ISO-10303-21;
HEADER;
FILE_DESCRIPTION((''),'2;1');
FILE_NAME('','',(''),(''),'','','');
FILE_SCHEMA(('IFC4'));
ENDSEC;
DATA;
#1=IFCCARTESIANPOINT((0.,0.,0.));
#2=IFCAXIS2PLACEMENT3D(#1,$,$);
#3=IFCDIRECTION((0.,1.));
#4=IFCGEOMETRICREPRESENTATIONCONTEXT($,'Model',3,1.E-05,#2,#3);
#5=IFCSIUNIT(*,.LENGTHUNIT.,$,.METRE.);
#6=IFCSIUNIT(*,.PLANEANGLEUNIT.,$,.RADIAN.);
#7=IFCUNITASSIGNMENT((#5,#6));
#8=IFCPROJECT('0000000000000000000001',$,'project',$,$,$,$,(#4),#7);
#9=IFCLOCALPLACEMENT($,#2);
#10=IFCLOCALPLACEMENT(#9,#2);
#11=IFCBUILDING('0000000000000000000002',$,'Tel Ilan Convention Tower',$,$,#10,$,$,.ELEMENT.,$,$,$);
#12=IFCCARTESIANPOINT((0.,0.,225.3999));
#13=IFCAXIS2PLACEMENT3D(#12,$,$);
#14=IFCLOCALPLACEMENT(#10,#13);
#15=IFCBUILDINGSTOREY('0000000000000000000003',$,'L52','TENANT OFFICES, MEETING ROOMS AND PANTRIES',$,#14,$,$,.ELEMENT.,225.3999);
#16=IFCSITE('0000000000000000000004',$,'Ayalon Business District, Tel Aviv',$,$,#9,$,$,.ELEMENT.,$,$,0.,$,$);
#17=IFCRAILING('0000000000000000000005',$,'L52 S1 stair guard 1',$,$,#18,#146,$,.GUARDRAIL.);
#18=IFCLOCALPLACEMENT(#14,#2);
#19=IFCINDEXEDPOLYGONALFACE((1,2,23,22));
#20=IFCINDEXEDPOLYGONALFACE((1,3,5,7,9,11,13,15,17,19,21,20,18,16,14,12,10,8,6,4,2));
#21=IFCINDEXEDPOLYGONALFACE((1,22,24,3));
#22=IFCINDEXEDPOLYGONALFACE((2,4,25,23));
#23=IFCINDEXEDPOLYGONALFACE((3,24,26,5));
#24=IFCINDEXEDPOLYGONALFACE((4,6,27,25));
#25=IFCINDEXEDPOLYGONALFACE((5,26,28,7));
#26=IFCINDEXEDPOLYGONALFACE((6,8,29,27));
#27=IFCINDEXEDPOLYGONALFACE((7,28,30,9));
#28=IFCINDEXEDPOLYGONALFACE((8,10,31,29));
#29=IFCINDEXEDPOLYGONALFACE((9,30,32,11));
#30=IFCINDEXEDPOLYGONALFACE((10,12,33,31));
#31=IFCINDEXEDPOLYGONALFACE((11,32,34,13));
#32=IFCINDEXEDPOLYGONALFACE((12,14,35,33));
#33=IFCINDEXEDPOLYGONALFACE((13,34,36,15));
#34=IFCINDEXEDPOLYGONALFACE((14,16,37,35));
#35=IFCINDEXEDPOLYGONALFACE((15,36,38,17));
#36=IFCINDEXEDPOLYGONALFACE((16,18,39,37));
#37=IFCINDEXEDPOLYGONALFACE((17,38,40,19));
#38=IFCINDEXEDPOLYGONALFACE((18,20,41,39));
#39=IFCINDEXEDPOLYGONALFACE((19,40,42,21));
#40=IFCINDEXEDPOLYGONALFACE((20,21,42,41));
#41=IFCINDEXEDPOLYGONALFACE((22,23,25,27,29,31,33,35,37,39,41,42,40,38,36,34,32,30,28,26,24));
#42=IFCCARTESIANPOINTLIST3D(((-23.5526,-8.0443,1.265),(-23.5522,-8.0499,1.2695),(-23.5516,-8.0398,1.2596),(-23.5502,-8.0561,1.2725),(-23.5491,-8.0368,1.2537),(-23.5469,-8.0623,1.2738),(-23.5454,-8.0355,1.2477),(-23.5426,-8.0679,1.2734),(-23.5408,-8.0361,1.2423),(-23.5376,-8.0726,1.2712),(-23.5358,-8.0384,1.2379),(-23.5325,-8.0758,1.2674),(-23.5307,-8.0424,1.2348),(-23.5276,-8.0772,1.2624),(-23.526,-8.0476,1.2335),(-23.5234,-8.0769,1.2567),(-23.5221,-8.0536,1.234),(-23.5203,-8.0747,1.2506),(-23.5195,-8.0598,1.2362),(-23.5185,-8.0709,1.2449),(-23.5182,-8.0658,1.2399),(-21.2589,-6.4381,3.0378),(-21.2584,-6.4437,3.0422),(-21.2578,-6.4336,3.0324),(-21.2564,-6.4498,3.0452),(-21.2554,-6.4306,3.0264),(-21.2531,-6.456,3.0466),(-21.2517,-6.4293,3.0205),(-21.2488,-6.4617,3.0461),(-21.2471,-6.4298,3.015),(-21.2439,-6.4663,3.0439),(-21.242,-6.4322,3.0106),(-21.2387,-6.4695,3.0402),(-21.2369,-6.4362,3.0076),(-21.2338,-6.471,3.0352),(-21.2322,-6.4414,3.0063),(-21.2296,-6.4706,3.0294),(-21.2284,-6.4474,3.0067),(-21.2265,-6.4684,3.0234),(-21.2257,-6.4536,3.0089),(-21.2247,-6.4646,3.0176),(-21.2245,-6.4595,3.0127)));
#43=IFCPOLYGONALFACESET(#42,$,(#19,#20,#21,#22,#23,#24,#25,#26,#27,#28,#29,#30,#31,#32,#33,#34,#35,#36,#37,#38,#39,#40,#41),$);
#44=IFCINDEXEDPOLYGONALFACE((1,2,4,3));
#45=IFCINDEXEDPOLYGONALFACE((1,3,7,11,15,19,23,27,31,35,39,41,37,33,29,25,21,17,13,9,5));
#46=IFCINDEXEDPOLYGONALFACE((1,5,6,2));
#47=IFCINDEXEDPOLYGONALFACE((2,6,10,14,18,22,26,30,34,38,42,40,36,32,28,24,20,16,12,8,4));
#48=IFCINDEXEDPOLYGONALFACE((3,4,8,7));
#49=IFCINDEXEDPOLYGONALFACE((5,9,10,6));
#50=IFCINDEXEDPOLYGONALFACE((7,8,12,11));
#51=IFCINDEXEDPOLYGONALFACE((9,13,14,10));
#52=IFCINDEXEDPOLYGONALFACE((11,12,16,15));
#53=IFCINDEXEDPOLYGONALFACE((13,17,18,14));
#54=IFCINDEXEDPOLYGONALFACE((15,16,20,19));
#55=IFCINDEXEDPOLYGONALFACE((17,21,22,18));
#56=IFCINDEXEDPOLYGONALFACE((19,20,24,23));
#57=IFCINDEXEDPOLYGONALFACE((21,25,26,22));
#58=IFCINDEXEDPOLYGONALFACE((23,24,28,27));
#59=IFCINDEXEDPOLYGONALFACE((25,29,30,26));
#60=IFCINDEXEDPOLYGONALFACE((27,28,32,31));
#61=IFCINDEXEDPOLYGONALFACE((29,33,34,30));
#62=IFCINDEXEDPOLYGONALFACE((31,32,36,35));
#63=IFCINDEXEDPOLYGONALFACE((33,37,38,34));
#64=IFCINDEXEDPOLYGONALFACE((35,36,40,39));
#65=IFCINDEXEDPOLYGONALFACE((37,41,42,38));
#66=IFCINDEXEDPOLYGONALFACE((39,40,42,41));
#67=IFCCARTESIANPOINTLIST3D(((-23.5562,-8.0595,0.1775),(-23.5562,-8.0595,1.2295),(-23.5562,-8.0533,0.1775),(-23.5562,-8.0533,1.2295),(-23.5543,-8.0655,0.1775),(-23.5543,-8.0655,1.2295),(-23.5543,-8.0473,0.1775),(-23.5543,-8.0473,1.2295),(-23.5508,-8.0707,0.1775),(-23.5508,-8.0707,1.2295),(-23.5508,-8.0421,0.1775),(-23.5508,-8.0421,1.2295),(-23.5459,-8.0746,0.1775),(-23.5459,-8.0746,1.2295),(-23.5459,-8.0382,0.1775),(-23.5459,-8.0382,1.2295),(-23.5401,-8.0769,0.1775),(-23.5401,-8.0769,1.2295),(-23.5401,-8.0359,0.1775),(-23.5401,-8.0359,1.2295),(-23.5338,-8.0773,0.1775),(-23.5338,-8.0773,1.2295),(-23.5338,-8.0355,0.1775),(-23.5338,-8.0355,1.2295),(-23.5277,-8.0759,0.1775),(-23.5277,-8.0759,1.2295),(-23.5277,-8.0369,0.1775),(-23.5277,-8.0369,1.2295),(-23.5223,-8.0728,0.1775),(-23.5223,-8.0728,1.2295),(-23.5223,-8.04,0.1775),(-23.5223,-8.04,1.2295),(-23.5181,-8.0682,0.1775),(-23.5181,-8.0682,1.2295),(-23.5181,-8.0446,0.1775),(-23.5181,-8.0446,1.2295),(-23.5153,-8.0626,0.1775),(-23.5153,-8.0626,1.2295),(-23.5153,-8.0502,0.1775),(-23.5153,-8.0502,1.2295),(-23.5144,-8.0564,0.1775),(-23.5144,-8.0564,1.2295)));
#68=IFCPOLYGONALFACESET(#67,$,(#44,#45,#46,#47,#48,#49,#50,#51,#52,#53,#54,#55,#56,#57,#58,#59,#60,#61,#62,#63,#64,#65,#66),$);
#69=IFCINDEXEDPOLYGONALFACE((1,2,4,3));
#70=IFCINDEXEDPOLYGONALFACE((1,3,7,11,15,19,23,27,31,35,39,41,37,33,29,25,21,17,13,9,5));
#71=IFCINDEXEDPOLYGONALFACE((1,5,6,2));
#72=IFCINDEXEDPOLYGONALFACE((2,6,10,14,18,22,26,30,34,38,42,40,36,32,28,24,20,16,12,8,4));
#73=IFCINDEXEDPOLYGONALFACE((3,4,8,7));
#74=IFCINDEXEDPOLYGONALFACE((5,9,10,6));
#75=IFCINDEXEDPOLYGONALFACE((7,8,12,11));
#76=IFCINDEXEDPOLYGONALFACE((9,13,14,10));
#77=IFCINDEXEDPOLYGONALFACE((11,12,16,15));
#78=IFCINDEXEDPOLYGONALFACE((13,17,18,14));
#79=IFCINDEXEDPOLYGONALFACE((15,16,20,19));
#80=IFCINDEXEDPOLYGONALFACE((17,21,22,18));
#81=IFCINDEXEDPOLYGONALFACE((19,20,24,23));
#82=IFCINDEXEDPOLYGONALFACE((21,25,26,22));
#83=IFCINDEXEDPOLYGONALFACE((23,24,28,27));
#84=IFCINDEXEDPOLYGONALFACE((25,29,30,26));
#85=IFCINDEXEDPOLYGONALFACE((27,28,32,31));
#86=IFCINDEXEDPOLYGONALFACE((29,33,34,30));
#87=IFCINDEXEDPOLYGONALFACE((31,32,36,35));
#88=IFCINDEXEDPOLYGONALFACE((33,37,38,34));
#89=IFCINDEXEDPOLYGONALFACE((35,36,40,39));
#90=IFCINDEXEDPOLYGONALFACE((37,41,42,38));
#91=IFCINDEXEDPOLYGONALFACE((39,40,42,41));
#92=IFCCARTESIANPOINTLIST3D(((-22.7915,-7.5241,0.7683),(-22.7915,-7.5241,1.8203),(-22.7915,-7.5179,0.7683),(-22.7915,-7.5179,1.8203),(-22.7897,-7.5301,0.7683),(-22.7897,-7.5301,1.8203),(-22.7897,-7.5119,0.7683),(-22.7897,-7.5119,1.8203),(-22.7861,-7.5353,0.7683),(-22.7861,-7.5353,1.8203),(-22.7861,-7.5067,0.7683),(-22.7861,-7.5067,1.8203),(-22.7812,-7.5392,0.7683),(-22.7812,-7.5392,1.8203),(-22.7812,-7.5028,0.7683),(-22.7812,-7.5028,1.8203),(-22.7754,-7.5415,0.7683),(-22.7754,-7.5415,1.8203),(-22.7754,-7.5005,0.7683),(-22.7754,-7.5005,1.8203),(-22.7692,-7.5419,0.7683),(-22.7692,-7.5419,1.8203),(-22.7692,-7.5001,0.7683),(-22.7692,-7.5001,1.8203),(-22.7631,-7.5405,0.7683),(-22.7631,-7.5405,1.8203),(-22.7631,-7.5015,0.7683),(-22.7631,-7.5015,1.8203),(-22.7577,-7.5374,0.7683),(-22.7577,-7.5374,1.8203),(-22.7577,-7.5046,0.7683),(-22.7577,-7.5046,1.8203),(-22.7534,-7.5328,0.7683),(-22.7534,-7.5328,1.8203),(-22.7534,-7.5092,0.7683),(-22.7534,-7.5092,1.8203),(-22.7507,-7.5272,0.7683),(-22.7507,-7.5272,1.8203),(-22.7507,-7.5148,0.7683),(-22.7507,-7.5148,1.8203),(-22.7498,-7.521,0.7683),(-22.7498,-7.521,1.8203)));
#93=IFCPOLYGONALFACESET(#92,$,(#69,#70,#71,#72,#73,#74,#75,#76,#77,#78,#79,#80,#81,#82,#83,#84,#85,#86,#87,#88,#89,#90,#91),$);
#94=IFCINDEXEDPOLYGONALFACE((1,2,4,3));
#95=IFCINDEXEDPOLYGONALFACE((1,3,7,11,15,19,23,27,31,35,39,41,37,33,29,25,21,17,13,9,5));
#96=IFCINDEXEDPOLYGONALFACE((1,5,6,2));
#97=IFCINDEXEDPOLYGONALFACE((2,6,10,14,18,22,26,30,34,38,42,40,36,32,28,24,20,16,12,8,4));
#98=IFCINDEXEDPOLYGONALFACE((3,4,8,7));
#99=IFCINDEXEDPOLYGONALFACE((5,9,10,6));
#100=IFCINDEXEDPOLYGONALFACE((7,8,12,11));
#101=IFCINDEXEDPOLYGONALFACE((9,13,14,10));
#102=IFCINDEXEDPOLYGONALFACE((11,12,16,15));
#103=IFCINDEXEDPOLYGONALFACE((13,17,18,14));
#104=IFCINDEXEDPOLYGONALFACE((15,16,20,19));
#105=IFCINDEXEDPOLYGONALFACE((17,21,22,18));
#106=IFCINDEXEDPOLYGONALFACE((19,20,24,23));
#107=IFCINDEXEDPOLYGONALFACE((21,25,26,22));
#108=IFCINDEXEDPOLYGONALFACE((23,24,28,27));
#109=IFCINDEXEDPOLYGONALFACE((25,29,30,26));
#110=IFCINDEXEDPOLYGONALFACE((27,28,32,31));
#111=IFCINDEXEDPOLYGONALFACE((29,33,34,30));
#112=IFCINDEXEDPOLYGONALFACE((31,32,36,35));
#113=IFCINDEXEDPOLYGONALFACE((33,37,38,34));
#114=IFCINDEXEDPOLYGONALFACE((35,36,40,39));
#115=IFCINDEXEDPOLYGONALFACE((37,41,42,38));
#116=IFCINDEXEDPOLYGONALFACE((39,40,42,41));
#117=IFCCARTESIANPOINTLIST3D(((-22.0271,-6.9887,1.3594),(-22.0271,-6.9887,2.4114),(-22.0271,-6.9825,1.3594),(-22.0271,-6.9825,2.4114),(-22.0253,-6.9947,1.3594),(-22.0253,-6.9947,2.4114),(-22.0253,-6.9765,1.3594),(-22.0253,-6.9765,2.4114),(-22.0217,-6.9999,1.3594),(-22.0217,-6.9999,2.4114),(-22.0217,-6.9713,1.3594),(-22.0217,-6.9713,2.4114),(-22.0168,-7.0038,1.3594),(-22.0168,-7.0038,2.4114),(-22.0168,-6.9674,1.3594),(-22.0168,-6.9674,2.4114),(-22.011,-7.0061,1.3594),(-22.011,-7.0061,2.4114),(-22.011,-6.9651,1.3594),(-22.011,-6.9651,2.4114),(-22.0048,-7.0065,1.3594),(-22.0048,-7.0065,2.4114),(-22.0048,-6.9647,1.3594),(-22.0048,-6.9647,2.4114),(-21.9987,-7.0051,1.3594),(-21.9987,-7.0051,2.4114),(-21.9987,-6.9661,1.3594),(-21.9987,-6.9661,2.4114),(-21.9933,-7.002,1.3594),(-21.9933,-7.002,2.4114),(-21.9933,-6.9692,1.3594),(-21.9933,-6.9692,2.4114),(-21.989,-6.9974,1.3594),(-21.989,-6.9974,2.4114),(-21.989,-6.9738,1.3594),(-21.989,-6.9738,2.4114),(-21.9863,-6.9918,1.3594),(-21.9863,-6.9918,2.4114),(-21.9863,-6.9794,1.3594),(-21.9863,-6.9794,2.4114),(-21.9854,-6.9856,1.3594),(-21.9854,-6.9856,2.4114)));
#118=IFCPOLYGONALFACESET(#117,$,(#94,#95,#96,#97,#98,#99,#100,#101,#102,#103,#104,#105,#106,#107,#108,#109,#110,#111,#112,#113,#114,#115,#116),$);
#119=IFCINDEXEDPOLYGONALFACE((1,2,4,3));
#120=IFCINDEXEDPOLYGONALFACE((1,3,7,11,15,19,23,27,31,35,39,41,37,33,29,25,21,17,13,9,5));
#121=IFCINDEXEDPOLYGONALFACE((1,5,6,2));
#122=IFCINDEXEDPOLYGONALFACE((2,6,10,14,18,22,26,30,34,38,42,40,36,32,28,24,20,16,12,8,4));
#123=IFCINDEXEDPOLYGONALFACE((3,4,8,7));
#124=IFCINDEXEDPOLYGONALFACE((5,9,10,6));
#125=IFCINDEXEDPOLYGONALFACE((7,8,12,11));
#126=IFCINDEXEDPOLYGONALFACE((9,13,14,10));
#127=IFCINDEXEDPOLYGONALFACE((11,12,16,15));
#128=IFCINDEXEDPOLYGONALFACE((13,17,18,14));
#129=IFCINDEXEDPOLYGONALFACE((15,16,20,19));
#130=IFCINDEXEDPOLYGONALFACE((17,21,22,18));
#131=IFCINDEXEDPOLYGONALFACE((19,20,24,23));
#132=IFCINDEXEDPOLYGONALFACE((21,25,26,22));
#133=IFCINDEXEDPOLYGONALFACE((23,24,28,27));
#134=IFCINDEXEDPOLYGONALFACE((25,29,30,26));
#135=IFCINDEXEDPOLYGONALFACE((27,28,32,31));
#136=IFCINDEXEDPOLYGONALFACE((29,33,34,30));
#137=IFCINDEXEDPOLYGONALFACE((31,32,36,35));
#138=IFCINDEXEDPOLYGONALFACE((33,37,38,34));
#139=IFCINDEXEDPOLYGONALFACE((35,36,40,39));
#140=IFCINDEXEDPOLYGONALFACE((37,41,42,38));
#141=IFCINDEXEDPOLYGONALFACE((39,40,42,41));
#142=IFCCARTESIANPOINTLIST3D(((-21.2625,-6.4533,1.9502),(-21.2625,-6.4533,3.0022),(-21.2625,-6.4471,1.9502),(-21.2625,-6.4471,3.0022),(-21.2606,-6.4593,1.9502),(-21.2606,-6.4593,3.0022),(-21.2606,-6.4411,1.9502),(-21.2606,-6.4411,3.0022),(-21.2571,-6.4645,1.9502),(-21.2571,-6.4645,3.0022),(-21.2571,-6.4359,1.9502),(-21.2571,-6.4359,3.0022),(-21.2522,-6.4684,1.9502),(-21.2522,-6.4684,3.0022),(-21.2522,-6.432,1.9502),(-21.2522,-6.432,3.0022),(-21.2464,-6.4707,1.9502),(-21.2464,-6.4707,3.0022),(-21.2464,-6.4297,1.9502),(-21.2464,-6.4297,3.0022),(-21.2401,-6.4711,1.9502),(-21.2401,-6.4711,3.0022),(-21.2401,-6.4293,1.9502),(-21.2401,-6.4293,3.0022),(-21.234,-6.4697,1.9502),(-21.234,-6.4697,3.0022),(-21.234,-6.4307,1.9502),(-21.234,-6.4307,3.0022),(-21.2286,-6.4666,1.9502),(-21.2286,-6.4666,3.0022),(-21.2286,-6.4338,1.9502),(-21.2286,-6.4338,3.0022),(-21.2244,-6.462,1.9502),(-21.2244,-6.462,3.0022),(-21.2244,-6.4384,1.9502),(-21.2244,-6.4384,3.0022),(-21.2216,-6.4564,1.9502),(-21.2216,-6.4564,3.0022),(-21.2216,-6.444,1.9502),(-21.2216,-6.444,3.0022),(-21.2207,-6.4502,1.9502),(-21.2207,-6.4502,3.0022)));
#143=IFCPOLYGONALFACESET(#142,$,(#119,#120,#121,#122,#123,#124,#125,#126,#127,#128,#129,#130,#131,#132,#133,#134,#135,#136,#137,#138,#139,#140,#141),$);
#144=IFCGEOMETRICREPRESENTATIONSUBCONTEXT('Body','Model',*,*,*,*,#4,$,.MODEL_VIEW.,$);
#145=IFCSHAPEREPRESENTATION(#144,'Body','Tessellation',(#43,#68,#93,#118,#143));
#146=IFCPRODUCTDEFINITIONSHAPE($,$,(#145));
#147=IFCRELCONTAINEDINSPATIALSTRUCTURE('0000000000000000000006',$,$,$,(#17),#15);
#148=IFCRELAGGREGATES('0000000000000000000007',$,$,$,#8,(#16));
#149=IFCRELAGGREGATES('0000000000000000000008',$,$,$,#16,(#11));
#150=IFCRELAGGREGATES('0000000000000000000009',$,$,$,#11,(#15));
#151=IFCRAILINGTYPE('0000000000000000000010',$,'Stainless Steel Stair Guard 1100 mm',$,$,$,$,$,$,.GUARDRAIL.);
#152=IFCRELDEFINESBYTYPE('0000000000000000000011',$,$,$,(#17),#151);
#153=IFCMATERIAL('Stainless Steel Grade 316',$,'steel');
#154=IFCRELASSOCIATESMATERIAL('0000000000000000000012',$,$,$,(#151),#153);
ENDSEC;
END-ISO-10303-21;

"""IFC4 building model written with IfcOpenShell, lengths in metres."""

from ifc_helpers import new_model, si_unit, direction, frame, origin, origin_2d, place, context, subcontext, project, spatial, circle, extrude, material, type_object, element, save


model = new_model("IFC4")

# Units and contexts
model_context = context("Model", 3, precision=1e-05, world=origin(), true_north=direction((0.0, 1.0)))
body_context = subcontext(model_context, "Body", "Model", "MODEL_VIEW")
ifc_project = project(units=[si_unit("LENGTHUNIT", "METRE"), si_unit("PLANEANGLEUNIT", "RADIAN")], contexts=[model_context])

# Site, building, storey
site_placement = place(None, origin())
site = spatial("IfcSite", under=ifc_project, at=site_placement, Name="Ayalon Business District, Tel Aviv", CompositionType="ELEMENT", RefElevation=0.0)
building_placement = place(site_placement, origin())
building = spatial("IfcBuilding", under=site, at=building_placement, Name="Tel Ilan Convention Tower", CompositionType="ELEMENT")
storey_placement = place(building_placement, frame((0.0, 0.0, 225.3999)))
storey = spatial("IfcBuildingStorey", under=building, at=storey_placement, Name="L52", Description="TENANT OFFICES, MEETING ROOMS AND PANTRIES", CompositionType="ELEMENT", Elevation=225.3999)

# Railing
ifc_material_1 = material(Name="Stainless Steel Grade 316", Category="steel")
railing_type_1 = type_object("IfcRailingType", Name="Stainless Steel Stair Guard 1100 mm", PredefinedType="GUARDRAIL", material=ifc_material_1)
for number, where, name in (
    (1, (-23.5354, -8.0564, 0.1775), "L52 S1 stair guard 1"),
):
    element("IfcRailing", number, at=place(storey_placement, frame(where)), inside=storey, type_object=railing_type_1, Name=name, PredefinedType="GUARDRAIL", context=body_context, shape_type="SweptSolid", body=[
        extrude(circle(Radius=0.0239, at=origin_2d()), frame((0.0, 0.0, 1.0762), z_axis=(0.692098, 0.484653, 0.534894), x_axis=(-0.573609, 0.81913, 0.0)), (0.0, 0.0, 1.0), 3.3142),
        extrude(circle(Radius=0.021, at=origin_2d()), origin(), (0.0, 0.0, 1.0), 1.052),
        extrude(circle(Radius=0.021, at=origin_2d()), frame((0.7646, 0.5354, 0.5908)), (0.0, 0.0, 1.0), 1.052),
        extrude(circle(Radius=0.021, at=origin_2d()), frame((1.5291, 1.0708, 1.1819)), (0.0, 0.0, 1.0), 1.052),
        extrude(circle(Radius=0.021, at=origin_2d()), frame((2.2937, 1.6062, 1.7727)), (0.0, 0.0, 1.0), 1.052),
    ])

save(model, "model.ifc")
